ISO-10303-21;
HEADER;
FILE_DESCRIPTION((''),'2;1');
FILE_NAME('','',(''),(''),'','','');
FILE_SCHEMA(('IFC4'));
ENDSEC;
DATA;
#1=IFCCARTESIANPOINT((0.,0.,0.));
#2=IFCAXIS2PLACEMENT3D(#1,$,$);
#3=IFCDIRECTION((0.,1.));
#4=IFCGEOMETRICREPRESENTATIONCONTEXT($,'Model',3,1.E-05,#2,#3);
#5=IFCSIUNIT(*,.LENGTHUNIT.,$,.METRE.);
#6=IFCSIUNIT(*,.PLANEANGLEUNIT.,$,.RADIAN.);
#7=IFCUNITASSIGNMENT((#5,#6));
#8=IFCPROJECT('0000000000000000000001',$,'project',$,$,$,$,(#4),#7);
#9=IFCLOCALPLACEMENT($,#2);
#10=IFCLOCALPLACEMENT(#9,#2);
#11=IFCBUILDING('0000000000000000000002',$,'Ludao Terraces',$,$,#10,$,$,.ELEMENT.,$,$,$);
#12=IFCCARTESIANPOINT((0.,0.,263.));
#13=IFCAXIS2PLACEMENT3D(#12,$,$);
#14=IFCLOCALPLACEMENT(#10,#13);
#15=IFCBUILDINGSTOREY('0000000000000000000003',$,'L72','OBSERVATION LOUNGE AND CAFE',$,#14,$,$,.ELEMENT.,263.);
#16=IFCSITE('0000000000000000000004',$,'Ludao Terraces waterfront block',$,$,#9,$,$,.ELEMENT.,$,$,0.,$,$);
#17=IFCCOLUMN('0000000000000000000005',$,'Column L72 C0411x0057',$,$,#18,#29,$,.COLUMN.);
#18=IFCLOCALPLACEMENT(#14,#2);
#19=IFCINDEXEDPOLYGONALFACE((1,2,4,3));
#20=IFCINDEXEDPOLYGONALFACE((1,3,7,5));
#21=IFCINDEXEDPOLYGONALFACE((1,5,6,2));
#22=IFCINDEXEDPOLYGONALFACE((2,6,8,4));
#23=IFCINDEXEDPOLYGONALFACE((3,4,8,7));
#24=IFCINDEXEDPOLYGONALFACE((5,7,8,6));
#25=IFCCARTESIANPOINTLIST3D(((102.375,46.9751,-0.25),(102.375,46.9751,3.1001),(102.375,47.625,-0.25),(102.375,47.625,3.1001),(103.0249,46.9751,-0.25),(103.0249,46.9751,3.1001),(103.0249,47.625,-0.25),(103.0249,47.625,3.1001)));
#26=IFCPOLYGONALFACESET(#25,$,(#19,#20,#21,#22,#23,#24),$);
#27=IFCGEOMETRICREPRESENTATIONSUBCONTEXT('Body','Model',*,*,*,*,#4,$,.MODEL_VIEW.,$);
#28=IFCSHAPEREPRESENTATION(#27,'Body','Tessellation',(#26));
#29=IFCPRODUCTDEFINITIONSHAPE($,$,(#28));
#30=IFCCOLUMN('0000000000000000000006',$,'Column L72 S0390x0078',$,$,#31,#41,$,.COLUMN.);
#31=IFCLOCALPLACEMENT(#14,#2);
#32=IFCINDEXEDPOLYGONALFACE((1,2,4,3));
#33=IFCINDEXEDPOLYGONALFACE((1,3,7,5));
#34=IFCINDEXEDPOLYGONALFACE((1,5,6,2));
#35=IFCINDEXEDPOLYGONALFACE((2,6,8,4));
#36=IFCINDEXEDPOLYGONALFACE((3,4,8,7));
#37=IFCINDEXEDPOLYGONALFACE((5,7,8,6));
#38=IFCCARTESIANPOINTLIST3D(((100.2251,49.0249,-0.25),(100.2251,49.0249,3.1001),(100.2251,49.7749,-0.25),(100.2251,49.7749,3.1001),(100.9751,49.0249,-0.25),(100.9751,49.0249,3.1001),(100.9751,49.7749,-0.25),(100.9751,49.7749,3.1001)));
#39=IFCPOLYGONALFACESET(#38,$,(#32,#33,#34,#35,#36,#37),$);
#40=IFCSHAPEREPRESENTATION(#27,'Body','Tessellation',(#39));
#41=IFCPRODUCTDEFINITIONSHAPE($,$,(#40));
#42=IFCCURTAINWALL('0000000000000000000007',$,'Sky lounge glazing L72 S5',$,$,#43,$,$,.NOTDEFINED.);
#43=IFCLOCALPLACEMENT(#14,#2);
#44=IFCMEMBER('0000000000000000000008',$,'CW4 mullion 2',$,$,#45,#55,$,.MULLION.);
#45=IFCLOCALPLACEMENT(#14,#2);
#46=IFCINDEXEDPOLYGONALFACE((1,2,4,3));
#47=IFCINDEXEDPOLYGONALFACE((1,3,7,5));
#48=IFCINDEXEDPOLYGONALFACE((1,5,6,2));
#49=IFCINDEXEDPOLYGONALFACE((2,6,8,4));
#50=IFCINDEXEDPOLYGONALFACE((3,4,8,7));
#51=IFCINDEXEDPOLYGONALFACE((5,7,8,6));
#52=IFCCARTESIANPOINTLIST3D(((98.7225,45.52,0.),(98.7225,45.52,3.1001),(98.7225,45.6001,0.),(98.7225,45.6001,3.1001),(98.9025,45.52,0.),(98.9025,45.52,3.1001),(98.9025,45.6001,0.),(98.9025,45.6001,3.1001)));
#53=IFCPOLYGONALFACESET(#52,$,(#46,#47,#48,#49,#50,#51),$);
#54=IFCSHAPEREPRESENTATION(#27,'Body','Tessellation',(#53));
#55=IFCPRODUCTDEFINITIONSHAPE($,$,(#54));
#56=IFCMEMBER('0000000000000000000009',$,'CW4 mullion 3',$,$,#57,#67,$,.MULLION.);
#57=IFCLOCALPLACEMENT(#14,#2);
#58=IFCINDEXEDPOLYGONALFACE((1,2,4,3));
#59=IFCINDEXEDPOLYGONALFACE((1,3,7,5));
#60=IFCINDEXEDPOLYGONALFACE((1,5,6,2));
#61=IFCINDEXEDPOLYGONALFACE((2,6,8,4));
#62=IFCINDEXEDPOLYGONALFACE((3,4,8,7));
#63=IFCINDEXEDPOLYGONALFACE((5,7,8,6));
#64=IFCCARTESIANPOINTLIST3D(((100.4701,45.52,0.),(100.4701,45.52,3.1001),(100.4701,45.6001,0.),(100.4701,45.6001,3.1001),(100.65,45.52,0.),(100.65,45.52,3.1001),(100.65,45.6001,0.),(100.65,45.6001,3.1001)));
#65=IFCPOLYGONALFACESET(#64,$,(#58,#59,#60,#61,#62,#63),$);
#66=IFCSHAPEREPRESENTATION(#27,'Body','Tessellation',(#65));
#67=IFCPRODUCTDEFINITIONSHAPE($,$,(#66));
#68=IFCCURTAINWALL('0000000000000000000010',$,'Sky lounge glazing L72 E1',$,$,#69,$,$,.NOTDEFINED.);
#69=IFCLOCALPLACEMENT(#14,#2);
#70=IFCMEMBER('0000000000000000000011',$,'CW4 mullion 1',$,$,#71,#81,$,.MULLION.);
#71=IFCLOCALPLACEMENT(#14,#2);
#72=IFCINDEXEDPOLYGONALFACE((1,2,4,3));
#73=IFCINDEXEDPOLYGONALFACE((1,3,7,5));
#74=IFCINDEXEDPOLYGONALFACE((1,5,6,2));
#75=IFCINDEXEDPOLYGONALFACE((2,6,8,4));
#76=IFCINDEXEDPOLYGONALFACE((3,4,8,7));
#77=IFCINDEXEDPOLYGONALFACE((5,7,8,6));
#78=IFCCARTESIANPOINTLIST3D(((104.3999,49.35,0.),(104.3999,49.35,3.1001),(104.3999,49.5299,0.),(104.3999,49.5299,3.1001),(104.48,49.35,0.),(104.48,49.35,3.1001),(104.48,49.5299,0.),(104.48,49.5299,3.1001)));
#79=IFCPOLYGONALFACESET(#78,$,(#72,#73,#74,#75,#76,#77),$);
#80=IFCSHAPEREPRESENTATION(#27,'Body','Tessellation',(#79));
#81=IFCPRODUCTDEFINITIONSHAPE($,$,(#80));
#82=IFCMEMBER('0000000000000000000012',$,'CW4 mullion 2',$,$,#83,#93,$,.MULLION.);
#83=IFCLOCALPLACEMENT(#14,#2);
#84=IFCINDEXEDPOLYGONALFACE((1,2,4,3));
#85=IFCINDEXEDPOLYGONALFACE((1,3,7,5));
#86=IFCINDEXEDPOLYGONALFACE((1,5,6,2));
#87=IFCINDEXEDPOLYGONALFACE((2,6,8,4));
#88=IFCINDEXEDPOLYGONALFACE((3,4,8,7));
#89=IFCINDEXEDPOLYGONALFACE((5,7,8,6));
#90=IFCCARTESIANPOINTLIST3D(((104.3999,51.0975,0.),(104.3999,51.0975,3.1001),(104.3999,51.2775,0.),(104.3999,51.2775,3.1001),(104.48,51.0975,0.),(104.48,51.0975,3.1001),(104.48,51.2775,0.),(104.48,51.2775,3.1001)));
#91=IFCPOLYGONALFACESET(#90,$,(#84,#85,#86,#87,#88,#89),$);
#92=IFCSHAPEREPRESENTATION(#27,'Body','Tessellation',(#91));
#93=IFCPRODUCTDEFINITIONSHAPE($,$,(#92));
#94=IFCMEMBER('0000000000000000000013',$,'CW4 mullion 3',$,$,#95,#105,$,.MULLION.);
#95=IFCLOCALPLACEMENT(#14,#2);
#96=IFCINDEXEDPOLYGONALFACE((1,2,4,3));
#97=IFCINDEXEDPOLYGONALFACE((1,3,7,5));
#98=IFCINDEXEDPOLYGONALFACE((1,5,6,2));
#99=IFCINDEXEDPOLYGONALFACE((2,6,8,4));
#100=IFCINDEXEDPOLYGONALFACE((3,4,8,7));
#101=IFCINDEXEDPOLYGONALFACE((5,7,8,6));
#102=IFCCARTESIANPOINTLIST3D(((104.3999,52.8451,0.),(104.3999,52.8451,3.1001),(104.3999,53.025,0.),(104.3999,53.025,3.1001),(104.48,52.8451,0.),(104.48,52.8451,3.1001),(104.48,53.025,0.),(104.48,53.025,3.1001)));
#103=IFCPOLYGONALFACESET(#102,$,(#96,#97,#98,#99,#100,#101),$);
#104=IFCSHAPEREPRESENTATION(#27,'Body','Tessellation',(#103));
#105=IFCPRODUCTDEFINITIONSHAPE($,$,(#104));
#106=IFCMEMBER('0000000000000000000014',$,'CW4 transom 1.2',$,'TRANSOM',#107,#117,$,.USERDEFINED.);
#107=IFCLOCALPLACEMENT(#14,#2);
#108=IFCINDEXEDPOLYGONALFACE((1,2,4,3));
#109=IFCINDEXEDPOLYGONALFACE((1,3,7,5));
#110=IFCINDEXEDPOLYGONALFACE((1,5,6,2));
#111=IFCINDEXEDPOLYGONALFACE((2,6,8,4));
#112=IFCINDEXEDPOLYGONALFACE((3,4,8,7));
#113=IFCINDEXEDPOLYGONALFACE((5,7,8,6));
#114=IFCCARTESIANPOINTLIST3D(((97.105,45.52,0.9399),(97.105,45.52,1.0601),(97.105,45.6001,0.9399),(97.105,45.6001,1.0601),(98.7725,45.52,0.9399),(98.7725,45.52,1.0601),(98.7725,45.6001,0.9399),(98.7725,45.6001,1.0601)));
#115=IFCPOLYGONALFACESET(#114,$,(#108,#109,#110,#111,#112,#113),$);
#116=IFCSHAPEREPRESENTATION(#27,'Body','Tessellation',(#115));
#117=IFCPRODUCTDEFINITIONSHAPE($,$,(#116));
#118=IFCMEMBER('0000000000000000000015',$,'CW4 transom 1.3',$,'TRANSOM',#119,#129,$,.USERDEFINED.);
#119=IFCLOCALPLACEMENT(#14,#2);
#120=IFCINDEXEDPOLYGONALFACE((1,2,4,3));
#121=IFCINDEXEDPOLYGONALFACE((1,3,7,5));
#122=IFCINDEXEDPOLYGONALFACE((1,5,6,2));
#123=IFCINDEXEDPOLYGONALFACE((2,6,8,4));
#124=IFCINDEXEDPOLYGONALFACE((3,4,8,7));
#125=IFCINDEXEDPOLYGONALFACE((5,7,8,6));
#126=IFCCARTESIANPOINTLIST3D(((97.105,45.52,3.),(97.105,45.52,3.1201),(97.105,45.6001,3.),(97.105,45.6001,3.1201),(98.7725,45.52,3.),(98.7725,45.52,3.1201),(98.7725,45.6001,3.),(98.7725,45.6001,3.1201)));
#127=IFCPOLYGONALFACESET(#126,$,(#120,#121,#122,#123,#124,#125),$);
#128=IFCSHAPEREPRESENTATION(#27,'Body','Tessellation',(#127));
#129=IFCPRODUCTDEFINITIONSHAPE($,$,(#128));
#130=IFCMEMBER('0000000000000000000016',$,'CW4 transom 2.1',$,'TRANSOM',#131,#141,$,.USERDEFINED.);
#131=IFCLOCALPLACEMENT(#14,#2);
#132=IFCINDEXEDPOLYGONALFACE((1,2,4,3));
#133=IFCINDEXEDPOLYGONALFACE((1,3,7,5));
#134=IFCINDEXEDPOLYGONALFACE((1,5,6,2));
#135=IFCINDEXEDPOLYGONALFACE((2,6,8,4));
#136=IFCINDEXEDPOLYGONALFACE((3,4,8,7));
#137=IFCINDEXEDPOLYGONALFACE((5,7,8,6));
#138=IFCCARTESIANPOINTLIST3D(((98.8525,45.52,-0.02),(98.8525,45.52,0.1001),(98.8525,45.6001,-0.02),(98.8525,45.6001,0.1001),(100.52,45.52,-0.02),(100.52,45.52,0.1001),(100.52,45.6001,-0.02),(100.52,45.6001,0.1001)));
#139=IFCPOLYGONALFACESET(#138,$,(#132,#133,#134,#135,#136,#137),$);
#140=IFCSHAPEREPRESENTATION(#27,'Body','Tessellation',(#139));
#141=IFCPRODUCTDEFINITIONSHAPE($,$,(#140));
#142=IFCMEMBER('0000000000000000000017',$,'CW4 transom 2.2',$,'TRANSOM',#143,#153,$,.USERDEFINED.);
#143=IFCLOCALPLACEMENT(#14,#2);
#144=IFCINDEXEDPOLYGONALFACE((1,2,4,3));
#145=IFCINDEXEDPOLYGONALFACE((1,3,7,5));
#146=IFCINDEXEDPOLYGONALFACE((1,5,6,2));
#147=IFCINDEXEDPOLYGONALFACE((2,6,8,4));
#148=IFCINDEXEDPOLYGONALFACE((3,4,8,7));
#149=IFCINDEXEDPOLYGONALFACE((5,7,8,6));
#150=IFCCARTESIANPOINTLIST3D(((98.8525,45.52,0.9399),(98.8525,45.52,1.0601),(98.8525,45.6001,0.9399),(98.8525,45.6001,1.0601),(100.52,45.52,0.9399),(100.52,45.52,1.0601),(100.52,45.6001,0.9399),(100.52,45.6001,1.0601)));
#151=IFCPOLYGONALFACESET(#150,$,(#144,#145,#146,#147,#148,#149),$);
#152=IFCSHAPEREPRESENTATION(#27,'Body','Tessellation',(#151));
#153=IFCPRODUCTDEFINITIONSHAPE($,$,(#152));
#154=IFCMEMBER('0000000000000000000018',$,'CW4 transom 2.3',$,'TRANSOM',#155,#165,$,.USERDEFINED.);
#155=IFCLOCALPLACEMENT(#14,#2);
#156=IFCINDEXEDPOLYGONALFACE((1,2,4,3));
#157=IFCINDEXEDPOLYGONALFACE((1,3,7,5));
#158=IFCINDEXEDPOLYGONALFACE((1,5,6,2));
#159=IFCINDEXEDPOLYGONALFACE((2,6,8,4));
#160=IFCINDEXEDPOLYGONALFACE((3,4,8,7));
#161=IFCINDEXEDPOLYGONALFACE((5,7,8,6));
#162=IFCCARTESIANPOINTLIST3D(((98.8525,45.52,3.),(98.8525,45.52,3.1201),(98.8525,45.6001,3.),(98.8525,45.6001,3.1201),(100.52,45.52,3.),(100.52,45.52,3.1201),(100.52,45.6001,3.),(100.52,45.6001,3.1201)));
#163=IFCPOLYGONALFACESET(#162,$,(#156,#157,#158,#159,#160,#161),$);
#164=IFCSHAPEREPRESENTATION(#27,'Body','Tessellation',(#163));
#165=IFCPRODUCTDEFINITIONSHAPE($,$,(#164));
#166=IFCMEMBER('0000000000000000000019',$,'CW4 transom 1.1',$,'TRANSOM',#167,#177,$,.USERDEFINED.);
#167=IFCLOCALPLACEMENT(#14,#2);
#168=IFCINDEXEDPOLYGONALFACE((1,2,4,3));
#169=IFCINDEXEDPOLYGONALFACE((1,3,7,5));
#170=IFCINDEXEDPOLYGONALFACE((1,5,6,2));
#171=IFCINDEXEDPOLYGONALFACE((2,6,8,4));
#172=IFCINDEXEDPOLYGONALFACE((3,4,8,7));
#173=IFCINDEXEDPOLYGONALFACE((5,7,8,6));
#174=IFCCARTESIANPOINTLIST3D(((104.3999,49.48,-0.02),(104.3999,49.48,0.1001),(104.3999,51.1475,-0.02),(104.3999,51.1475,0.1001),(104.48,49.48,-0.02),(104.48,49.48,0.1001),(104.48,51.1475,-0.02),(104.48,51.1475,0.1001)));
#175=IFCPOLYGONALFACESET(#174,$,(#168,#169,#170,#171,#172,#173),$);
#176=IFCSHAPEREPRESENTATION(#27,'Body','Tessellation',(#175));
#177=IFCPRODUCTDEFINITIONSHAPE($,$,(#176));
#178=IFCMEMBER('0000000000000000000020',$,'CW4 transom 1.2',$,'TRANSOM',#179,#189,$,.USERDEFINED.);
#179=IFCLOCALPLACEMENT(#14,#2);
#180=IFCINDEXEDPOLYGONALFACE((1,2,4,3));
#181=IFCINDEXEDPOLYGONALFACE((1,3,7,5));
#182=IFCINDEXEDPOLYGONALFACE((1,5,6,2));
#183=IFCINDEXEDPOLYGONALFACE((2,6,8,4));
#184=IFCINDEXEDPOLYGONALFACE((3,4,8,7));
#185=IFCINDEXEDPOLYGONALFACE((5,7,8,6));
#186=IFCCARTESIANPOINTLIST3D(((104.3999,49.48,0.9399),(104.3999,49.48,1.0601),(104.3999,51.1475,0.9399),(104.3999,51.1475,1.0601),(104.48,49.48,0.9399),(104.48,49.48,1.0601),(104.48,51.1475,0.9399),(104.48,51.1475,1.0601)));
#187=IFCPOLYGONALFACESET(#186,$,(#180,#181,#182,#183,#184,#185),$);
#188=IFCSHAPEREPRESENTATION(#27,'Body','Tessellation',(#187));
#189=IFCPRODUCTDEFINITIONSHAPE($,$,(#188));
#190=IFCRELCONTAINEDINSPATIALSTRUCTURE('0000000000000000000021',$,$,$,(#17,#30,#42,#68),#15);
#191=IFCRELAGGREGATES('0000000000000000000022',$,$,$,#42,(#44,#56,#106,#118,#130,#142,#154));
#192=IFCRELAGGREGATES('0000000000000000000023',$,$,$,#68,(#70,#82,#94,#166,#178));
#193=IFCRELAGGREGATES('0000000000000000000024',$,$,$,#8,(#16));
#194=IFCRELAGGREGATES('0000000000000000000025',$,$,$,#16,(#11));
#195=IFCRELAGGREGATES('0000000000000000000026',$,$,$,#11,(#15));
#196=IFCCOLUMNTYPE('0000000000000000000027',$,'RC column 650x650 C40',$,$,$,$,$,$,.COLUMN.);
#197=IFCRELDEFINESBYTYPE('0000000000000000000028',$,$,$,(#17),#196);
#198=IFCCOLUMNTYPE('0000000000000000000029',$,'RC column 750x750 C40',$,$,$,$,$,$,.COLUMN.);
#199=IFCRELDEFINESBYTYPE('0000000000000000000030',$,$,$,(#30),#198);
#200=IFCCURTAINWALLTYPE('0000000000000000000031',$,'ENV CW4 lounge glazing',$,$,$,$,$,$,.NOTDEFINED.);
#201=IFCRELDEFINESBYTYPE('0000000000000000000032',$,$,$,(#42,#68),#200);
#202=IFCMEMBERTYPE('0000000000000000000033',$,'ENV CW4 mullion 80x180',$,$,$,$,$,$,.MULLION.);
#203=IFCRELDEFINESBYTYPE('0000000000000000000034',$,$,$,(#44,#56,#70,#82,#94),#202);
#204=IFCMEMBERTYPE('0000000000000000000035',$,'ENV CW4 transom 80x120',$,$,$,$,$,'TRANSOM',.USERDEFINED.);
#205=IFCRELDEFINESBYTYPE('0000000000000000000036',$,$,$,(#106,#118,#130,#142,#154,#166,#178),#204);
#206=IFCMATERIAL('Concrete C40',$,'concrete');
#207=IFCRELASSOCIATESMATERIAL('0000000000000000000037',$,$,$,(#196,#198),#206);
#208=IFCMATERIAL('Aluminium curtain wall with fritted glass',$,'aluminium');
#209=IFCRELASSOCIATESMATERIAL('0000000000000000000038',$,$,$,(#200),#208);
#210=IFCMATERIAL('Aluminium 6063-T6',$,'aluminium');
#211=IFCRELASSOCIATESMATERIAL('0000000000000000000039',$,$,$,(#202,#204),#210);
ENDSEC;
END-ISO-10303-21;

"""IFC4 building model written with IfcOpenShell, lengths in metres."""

from ifc_helpers import new_model, si_unit, direction, frame, origin, origin_2d, place, context, subcontext, project, spatial, rectangle, extrude, material, material_profile, profile_set, type_object, element, aggregate, save


model = new_model("IFC4")

# Units and contexts
model_context = context("Model", 3, precision=1e-05, world=origin(), true_north=direction((0.0, 1.0)))
body_context = subcontext(model_context, "Body", "Model", "MODEL_VIEW")
ifc_project = project(units=[si_unit("LENGTHUNIT", "METRE"), si_unit("PLANEANGLEUNIT", "RADIAN")], contexts=[model_context])

# Site, building, storey
site_placement = place(None, origin())
site = spatial("IfcSite", under=ifc_project, at=site_placement, Name="Ludao Terraces waterfront block", CompositionType="ELEMENT", RefElevation=0.0)
building_placement = place(site_placement, origin())
building = spatial("IfcBuilding", under=site, at=building_placement, Name="Ludao Terraces", CompositionType="ELEMENT")
storey_placement = place(building_placement, frame((0.0, 0.0, 263.0)))
storey = spatial("IfcBuildingStorey", under=building, at=storey_placement, Name="L72", Description="OBSERVATION LOUNGE AND CAFE", CompositionType="ELEMENT", Elevation=263.0)

# Columns
ifc_material_1 = material(Name="Concrete C40", Category="concrete")
ifc_material_profile_1 = material_profile(ifc_material_1, rectangle(XDim=0.6499, YDim=0.6499, at=origin_2d()), Name="650 X 650")
ifc_profile_set_1 = profile_set([ifc_material_profile_1], Name="Concrete C40")
column_type_1 = type_object("IfcColumnType", Name="RC column 650x650 C40", PredefinedType="COLUMN", material=ifc_profile_set_1)
column_1_placement = place(storey_placement, frame((102.7, 47.3, -0.25), z_axis=(0.0, 0.0, 1.0), x_axis=(1.0, 0.0, 0.0)))
element("IfcColumn", 1, at=column_1_placement, inside=storey, type_object=column_type_1, Name="Column L72 C0411x0057", PredefinedType="COLUMN", context=body_context, shape_type="SweptSolid", body=[
    extrude(rectangle(XDim=0.6499, YDim=0.6499, at=origin_2d()), origin(), (0.0, 0.0, 1.0), 3.3501),
])
ifc_material_profile_2 = material_profile(ifc_material_1, rectangle(XDim=0.75, YDim=0.75, at=origin_2d()), Name="750 X 750")
ifc_profile_set_2 = profile_set([ifc_material_profile_2], Name="Concrete C40")
column_type_2 = type_object("IfcColumnType", Name="RC column 750x750 C40", PredefinedType="COLUMN", material=ifc_profile_set_2)
column_2_placement = place(storey_placement, frame((100.6001, 49.3999, -0.25), z_axis=(0.0, 0.0, 1.0), x_axis=(1.0, 0.0, 0.0)))
element("IfcColumn", 2, at=column_2_placement, inside=storey, type_object=column_type_2, Name="Column L72 S0390x0078", PredefinedType="COLUMN", context=body_context, shape_type="SweptSolid", body=[
    extrude(rectangle(XDim=0.75, YDim=0.75, at=origin_2d()), origin(), (0.0, 0.0, 1.0), 3.3501),
])

# Curtain walls, members
ifc_material_2 = material(Name="Aluminium curtain wall with fritted glass", Category="aluminium")
curtain_wall_type = type_object("IfcCurtainWallType", Name="ENV CW4 lounge glazing", PredefinedType="NOTDEFINED", material=ifc_material_2)
curtain_wall_1_placement = place(storey_placement, origin())
curtain_wall_1 = element("IfcCurtainWall", 3, at=curtain_wall_1_placement, inside=storey, type_object=curtain_wall_type, Name="Sky lounge glazing L72 S5", PredefinedType="NOTDEFINED")
ifc_material_3 = material(Name="Aluminium 6063-T6", Category="aluminium")
ifc_material_profile_3 = material_profile(ifc_material_3, rectangle(XDim=0.0801, YDim=0.1799, at=origin_2d()), Name="80 X 180")
ifc_profile_set_3 = profile_set([ifc_material_profile_3], Name="Aluminium 6063-T6")
member_type_1 = type_object("IfcMemberType", Name="ENV CW4 mullion 80x180", PredefinedType="MULLION", material=ifc_profile_set_3)
member_1_placement = place(storey_placement, frame((98.8125, 45.5601, 0.0), z_axis=(0.0, 0.0, 1.0), x_axis=(0.0, 1.0, 0.0)))
member_1 = element("IfcMember", 4, at=member_1_placement, type_object=member_type_1, Name="CW4 mullion 2", PredefinedType="MULLION", context=body_context, shape_type="SweptSolid", body=[
    extrude(rectangle(XDim=0.0801, YDim=0.1799, at=origin_2d()), origin(), (0.0, 0.0, 1.0), 3.1001),
])
member_2_placement = place(storey_placement, frame((100.5601, 45.5601, 0.0), z_axis=(0.0, 0.0, 1.0), x_axis=(0.0, 1.0, 0.0)))
member_2 = element("IfcMember", 5, at=member_2_placement, type_object=member_type_1, Name="CW4 mullion 3", PredefinedType="MULLION", context=body_context, shape_type="SweptSolid", body=[
    extrude(rectangle(XDim=0.0801, YDim=0.1799, at=origin_2d()), origin(), (0.0, 0.0, 1.0), 3.1001),
])
curtain_wall_2_placement = place(storey_placement, origin())
curtain_wall_2 = element("IfcCurtainWall", 6, at=curtain_wall_2_placement, inside=storey, type_object=curtain_wall_type, Name="Sky lounge glazing L72 E1", PredefinedType="NOTDEFINED")
member_3_placement = place(storey_placement, frame((104.4399, 49.4399, 0.0), z_axis=(0.0, 0.0, 1.0), x_axis=(-1.0, 0.0, 0.0)))
member_3 = element("IfcMember", 7, at=member_3_placement, type_object=member_type_1, Name="CW4 mullion 1", PredefinedType="MULLION", context=body_context, shape_type="SweptSolid", body=[
    extrude(rectangle(XDim=0.0801, YDim=0.1799, at=origin_2d()), origin(), (0.0, 0.0, 1.0), 3.1001),
])
member_4_placement = place(storey_placement, frame((104.4399, 51.1875, 0.0), z_axis=(0.0, 0.0, 1.0), x_axis=(-1.0, 0.0, 0.0)))
member_4 = element("IfcMember", 8, at=member_4_placement, type_object=member_type_1, Name="CW4 mullion 2", PredefinedType="MULLION", context=body_context, shape_type="SweptSolid", body=[
    extrude(rectangle(XDim=0.0801, YDim=0.1799, at=origin_2d()), origin(), (0.0, 0.0, 1.0), 3.1001),
])
member_5_placement = place(storey_placement, frame((104.4399, 52.9351, 0.0), z_axis=(0.0, 0.0, 1.0), x_axis=(-1.0, 0.0, 0.0)))
member_5 = element("IfcMember", 9, at=member_5_placement, type_object=member_type_1, Name="CW4 mullion 3", PredefinedType="MULLION", context=body_context, shape_type="SweptSolid", body=[
    extrude(rectangle(XDim=0.0801, YDim=0.1799, at=origin_2d()), origin(), (0.0, 0.0, 1.0), 3.1001),
])

# Members
ifc_material_profile_4 = material_profile(ifc_material_3, rectangle(XDim=0.0801, YDim=0.1201, at=origin_2d()), Name="80 X 120")
ifc_profile_set_4 = profile_set([ifc_material_profile_4], Name="Aluminium 6063-T6")
member_type_2 = type_object("IfcMemberType", Name="ENV CW4 transom 80x120", ElementType="TRANSOM", PredefinedType="USERDEFINED", material=ifc_profile_set_4)
member_6_placement = place(storey_placement, frame((97.105, 45.5601, 1.0), z_axis=(1.0, 0.0, 0.0), x_axis=(0.0, 1.0, 0.0)))
member_6 = element("IfcMember", 10, at=member_6_placement, type_object=member_type_2, Name="CW4 transom 1.2", ObjectType="TRANSOM", PredefinedType="USERDEFINED", context=body_context, shape_type="SweptSolid", body=[
    extrude(rectangle(XDim=0.0801, YDim=0.1201, at=origin_2d()), origin(), (0.0, 0.0, 1.0), 1.6675),
])
member_7_placement = place(storey_placement, frame((97.105, 45.5601, 3.0601), z_axis=(1.0, 0.0, 0.0), x_axis=(0.0, 1.0, 0.0)))
member_7 = element("IfcMember", 11, at=member_7_placement, type_object=member_type_2, Name="CW4 transom 1.3", ObjectType="TRANSOM", PredefinedType="USERDEFINED", context=body_context, shape_type="SweptSolid", body=[
    extrude(rectangle(XDim=0.0801, YDim=0.1201, at=origin_2d()), origin(), (0.0, 0.0, 1.0), 1.6675),
])
member_8_placement = place(storey_placement, frame((98.8525, 45.5601, 0.04), z_axis=(1.0, 0.0, 0.0), x_axis=(0.0, 1.0, 0.0)))
member_8 = element("IfcMember", 12, at=member_8_placement, type_object=member_type_2, Name="CW4 transom 2.1", ObjectType="TRANSOM", PredefinedType="USERDEFINED", context=body_context, shape_type="SweptSolid", body=[
    extrude(rectangle(XDim=0.0801, YDim=0.1201, at=origin_2d()), origin(), (0.0, 0.0, 1.0), 1.6675),
])
member_9_placement = place(storey_placement, frame((98.8525, 45.5601, 1.0), z_axis=(1.0, 0.0, 0.0), x_axis=(0.0, 1.0, 0.0)))
member_9 = element("IfcMember", 13, at=member_9_placement, type_object=member_type_2, Name="CW4 transom 2.2", ObjectType="TRANSOM", PredefinedType="USERDEFINED", context=body_context, shape_type="SweptSolid", body=[
    extrude(rectangle(XDim=0.0801, YDim=0.1201, at=origin_2d()), origin(), (0.0, 0.0, 1.0), 1.6675),
])
member_10_placement = place(storey_placement, frame((98.8525, 45.5601, 3.0601), z_axis=(1.0, 0.0, 0.0), x_axis=(0.0, 1.0, 0.0)))
member_10 = element("IfcMember", 14, at=member_10_placement, type_object=member_type_2, Name="CW4 transom 2.3", ObjectType="TRANSOM", PredefinedType="USERDEFINED", context=body_context, shape_type="SweptSolid", body=[
    extrude(rectangle(XDim=0.0801, YDim=0.1201, at=origin_2d()), origin(), (0.0, 0.0, 1.0), 1.6675),
])
member_11_placement = place(storey_placement, frame((104.4399, 49.48, 0.04), z_axis=(0.0, 1.0, 0.0), x_axis=(-1.0, 0.0, 0.0)))
member_11 = element("IfcMember", 15, at=member_11_placement, type_object=member_type_2, Name="CW4 transom 1.1", ObjectType="TRANSOM", PredefinedType="USERDEFINED", context=body_context, shape_type="SweptSolid", body=[
    extrude(rectangle(XDim=0.0801, YDim=0.1201, at=origin_2d()), origin(), (0.0, 0.0, 1.0), 1.6675),
])
member_12_placement = place(storey_placement, frame((104.4399, 49.48, 1.0), z_axis=(0.0, 1.0, 0.0), x_axis=(-1.0, 0.0, 0.0)))
member_12 = element("IfcMember", 16, at=member_12_placement, type_object=member_type_2, Name="CW4 transom 1.2", ObjectType="TRANSOM", PredefinedType="USERDEFINED", context=body_context, shape_type="SweptSolid", body=[
    extrude(rectangle(XDim=0.0801, YDim=0.1201, at=origin_2d()), origin(), (0.0, 0.0, 1.0), 1.6675),
])

aggregate(curtain_wall_1, [member_1, member_2, member_6, member_7, member_8, member_9, member_10])
aggregate(curtain_wall_2, [member_3, member_4, member_5, member_11, member_12])

save(model, "model.ifc")
